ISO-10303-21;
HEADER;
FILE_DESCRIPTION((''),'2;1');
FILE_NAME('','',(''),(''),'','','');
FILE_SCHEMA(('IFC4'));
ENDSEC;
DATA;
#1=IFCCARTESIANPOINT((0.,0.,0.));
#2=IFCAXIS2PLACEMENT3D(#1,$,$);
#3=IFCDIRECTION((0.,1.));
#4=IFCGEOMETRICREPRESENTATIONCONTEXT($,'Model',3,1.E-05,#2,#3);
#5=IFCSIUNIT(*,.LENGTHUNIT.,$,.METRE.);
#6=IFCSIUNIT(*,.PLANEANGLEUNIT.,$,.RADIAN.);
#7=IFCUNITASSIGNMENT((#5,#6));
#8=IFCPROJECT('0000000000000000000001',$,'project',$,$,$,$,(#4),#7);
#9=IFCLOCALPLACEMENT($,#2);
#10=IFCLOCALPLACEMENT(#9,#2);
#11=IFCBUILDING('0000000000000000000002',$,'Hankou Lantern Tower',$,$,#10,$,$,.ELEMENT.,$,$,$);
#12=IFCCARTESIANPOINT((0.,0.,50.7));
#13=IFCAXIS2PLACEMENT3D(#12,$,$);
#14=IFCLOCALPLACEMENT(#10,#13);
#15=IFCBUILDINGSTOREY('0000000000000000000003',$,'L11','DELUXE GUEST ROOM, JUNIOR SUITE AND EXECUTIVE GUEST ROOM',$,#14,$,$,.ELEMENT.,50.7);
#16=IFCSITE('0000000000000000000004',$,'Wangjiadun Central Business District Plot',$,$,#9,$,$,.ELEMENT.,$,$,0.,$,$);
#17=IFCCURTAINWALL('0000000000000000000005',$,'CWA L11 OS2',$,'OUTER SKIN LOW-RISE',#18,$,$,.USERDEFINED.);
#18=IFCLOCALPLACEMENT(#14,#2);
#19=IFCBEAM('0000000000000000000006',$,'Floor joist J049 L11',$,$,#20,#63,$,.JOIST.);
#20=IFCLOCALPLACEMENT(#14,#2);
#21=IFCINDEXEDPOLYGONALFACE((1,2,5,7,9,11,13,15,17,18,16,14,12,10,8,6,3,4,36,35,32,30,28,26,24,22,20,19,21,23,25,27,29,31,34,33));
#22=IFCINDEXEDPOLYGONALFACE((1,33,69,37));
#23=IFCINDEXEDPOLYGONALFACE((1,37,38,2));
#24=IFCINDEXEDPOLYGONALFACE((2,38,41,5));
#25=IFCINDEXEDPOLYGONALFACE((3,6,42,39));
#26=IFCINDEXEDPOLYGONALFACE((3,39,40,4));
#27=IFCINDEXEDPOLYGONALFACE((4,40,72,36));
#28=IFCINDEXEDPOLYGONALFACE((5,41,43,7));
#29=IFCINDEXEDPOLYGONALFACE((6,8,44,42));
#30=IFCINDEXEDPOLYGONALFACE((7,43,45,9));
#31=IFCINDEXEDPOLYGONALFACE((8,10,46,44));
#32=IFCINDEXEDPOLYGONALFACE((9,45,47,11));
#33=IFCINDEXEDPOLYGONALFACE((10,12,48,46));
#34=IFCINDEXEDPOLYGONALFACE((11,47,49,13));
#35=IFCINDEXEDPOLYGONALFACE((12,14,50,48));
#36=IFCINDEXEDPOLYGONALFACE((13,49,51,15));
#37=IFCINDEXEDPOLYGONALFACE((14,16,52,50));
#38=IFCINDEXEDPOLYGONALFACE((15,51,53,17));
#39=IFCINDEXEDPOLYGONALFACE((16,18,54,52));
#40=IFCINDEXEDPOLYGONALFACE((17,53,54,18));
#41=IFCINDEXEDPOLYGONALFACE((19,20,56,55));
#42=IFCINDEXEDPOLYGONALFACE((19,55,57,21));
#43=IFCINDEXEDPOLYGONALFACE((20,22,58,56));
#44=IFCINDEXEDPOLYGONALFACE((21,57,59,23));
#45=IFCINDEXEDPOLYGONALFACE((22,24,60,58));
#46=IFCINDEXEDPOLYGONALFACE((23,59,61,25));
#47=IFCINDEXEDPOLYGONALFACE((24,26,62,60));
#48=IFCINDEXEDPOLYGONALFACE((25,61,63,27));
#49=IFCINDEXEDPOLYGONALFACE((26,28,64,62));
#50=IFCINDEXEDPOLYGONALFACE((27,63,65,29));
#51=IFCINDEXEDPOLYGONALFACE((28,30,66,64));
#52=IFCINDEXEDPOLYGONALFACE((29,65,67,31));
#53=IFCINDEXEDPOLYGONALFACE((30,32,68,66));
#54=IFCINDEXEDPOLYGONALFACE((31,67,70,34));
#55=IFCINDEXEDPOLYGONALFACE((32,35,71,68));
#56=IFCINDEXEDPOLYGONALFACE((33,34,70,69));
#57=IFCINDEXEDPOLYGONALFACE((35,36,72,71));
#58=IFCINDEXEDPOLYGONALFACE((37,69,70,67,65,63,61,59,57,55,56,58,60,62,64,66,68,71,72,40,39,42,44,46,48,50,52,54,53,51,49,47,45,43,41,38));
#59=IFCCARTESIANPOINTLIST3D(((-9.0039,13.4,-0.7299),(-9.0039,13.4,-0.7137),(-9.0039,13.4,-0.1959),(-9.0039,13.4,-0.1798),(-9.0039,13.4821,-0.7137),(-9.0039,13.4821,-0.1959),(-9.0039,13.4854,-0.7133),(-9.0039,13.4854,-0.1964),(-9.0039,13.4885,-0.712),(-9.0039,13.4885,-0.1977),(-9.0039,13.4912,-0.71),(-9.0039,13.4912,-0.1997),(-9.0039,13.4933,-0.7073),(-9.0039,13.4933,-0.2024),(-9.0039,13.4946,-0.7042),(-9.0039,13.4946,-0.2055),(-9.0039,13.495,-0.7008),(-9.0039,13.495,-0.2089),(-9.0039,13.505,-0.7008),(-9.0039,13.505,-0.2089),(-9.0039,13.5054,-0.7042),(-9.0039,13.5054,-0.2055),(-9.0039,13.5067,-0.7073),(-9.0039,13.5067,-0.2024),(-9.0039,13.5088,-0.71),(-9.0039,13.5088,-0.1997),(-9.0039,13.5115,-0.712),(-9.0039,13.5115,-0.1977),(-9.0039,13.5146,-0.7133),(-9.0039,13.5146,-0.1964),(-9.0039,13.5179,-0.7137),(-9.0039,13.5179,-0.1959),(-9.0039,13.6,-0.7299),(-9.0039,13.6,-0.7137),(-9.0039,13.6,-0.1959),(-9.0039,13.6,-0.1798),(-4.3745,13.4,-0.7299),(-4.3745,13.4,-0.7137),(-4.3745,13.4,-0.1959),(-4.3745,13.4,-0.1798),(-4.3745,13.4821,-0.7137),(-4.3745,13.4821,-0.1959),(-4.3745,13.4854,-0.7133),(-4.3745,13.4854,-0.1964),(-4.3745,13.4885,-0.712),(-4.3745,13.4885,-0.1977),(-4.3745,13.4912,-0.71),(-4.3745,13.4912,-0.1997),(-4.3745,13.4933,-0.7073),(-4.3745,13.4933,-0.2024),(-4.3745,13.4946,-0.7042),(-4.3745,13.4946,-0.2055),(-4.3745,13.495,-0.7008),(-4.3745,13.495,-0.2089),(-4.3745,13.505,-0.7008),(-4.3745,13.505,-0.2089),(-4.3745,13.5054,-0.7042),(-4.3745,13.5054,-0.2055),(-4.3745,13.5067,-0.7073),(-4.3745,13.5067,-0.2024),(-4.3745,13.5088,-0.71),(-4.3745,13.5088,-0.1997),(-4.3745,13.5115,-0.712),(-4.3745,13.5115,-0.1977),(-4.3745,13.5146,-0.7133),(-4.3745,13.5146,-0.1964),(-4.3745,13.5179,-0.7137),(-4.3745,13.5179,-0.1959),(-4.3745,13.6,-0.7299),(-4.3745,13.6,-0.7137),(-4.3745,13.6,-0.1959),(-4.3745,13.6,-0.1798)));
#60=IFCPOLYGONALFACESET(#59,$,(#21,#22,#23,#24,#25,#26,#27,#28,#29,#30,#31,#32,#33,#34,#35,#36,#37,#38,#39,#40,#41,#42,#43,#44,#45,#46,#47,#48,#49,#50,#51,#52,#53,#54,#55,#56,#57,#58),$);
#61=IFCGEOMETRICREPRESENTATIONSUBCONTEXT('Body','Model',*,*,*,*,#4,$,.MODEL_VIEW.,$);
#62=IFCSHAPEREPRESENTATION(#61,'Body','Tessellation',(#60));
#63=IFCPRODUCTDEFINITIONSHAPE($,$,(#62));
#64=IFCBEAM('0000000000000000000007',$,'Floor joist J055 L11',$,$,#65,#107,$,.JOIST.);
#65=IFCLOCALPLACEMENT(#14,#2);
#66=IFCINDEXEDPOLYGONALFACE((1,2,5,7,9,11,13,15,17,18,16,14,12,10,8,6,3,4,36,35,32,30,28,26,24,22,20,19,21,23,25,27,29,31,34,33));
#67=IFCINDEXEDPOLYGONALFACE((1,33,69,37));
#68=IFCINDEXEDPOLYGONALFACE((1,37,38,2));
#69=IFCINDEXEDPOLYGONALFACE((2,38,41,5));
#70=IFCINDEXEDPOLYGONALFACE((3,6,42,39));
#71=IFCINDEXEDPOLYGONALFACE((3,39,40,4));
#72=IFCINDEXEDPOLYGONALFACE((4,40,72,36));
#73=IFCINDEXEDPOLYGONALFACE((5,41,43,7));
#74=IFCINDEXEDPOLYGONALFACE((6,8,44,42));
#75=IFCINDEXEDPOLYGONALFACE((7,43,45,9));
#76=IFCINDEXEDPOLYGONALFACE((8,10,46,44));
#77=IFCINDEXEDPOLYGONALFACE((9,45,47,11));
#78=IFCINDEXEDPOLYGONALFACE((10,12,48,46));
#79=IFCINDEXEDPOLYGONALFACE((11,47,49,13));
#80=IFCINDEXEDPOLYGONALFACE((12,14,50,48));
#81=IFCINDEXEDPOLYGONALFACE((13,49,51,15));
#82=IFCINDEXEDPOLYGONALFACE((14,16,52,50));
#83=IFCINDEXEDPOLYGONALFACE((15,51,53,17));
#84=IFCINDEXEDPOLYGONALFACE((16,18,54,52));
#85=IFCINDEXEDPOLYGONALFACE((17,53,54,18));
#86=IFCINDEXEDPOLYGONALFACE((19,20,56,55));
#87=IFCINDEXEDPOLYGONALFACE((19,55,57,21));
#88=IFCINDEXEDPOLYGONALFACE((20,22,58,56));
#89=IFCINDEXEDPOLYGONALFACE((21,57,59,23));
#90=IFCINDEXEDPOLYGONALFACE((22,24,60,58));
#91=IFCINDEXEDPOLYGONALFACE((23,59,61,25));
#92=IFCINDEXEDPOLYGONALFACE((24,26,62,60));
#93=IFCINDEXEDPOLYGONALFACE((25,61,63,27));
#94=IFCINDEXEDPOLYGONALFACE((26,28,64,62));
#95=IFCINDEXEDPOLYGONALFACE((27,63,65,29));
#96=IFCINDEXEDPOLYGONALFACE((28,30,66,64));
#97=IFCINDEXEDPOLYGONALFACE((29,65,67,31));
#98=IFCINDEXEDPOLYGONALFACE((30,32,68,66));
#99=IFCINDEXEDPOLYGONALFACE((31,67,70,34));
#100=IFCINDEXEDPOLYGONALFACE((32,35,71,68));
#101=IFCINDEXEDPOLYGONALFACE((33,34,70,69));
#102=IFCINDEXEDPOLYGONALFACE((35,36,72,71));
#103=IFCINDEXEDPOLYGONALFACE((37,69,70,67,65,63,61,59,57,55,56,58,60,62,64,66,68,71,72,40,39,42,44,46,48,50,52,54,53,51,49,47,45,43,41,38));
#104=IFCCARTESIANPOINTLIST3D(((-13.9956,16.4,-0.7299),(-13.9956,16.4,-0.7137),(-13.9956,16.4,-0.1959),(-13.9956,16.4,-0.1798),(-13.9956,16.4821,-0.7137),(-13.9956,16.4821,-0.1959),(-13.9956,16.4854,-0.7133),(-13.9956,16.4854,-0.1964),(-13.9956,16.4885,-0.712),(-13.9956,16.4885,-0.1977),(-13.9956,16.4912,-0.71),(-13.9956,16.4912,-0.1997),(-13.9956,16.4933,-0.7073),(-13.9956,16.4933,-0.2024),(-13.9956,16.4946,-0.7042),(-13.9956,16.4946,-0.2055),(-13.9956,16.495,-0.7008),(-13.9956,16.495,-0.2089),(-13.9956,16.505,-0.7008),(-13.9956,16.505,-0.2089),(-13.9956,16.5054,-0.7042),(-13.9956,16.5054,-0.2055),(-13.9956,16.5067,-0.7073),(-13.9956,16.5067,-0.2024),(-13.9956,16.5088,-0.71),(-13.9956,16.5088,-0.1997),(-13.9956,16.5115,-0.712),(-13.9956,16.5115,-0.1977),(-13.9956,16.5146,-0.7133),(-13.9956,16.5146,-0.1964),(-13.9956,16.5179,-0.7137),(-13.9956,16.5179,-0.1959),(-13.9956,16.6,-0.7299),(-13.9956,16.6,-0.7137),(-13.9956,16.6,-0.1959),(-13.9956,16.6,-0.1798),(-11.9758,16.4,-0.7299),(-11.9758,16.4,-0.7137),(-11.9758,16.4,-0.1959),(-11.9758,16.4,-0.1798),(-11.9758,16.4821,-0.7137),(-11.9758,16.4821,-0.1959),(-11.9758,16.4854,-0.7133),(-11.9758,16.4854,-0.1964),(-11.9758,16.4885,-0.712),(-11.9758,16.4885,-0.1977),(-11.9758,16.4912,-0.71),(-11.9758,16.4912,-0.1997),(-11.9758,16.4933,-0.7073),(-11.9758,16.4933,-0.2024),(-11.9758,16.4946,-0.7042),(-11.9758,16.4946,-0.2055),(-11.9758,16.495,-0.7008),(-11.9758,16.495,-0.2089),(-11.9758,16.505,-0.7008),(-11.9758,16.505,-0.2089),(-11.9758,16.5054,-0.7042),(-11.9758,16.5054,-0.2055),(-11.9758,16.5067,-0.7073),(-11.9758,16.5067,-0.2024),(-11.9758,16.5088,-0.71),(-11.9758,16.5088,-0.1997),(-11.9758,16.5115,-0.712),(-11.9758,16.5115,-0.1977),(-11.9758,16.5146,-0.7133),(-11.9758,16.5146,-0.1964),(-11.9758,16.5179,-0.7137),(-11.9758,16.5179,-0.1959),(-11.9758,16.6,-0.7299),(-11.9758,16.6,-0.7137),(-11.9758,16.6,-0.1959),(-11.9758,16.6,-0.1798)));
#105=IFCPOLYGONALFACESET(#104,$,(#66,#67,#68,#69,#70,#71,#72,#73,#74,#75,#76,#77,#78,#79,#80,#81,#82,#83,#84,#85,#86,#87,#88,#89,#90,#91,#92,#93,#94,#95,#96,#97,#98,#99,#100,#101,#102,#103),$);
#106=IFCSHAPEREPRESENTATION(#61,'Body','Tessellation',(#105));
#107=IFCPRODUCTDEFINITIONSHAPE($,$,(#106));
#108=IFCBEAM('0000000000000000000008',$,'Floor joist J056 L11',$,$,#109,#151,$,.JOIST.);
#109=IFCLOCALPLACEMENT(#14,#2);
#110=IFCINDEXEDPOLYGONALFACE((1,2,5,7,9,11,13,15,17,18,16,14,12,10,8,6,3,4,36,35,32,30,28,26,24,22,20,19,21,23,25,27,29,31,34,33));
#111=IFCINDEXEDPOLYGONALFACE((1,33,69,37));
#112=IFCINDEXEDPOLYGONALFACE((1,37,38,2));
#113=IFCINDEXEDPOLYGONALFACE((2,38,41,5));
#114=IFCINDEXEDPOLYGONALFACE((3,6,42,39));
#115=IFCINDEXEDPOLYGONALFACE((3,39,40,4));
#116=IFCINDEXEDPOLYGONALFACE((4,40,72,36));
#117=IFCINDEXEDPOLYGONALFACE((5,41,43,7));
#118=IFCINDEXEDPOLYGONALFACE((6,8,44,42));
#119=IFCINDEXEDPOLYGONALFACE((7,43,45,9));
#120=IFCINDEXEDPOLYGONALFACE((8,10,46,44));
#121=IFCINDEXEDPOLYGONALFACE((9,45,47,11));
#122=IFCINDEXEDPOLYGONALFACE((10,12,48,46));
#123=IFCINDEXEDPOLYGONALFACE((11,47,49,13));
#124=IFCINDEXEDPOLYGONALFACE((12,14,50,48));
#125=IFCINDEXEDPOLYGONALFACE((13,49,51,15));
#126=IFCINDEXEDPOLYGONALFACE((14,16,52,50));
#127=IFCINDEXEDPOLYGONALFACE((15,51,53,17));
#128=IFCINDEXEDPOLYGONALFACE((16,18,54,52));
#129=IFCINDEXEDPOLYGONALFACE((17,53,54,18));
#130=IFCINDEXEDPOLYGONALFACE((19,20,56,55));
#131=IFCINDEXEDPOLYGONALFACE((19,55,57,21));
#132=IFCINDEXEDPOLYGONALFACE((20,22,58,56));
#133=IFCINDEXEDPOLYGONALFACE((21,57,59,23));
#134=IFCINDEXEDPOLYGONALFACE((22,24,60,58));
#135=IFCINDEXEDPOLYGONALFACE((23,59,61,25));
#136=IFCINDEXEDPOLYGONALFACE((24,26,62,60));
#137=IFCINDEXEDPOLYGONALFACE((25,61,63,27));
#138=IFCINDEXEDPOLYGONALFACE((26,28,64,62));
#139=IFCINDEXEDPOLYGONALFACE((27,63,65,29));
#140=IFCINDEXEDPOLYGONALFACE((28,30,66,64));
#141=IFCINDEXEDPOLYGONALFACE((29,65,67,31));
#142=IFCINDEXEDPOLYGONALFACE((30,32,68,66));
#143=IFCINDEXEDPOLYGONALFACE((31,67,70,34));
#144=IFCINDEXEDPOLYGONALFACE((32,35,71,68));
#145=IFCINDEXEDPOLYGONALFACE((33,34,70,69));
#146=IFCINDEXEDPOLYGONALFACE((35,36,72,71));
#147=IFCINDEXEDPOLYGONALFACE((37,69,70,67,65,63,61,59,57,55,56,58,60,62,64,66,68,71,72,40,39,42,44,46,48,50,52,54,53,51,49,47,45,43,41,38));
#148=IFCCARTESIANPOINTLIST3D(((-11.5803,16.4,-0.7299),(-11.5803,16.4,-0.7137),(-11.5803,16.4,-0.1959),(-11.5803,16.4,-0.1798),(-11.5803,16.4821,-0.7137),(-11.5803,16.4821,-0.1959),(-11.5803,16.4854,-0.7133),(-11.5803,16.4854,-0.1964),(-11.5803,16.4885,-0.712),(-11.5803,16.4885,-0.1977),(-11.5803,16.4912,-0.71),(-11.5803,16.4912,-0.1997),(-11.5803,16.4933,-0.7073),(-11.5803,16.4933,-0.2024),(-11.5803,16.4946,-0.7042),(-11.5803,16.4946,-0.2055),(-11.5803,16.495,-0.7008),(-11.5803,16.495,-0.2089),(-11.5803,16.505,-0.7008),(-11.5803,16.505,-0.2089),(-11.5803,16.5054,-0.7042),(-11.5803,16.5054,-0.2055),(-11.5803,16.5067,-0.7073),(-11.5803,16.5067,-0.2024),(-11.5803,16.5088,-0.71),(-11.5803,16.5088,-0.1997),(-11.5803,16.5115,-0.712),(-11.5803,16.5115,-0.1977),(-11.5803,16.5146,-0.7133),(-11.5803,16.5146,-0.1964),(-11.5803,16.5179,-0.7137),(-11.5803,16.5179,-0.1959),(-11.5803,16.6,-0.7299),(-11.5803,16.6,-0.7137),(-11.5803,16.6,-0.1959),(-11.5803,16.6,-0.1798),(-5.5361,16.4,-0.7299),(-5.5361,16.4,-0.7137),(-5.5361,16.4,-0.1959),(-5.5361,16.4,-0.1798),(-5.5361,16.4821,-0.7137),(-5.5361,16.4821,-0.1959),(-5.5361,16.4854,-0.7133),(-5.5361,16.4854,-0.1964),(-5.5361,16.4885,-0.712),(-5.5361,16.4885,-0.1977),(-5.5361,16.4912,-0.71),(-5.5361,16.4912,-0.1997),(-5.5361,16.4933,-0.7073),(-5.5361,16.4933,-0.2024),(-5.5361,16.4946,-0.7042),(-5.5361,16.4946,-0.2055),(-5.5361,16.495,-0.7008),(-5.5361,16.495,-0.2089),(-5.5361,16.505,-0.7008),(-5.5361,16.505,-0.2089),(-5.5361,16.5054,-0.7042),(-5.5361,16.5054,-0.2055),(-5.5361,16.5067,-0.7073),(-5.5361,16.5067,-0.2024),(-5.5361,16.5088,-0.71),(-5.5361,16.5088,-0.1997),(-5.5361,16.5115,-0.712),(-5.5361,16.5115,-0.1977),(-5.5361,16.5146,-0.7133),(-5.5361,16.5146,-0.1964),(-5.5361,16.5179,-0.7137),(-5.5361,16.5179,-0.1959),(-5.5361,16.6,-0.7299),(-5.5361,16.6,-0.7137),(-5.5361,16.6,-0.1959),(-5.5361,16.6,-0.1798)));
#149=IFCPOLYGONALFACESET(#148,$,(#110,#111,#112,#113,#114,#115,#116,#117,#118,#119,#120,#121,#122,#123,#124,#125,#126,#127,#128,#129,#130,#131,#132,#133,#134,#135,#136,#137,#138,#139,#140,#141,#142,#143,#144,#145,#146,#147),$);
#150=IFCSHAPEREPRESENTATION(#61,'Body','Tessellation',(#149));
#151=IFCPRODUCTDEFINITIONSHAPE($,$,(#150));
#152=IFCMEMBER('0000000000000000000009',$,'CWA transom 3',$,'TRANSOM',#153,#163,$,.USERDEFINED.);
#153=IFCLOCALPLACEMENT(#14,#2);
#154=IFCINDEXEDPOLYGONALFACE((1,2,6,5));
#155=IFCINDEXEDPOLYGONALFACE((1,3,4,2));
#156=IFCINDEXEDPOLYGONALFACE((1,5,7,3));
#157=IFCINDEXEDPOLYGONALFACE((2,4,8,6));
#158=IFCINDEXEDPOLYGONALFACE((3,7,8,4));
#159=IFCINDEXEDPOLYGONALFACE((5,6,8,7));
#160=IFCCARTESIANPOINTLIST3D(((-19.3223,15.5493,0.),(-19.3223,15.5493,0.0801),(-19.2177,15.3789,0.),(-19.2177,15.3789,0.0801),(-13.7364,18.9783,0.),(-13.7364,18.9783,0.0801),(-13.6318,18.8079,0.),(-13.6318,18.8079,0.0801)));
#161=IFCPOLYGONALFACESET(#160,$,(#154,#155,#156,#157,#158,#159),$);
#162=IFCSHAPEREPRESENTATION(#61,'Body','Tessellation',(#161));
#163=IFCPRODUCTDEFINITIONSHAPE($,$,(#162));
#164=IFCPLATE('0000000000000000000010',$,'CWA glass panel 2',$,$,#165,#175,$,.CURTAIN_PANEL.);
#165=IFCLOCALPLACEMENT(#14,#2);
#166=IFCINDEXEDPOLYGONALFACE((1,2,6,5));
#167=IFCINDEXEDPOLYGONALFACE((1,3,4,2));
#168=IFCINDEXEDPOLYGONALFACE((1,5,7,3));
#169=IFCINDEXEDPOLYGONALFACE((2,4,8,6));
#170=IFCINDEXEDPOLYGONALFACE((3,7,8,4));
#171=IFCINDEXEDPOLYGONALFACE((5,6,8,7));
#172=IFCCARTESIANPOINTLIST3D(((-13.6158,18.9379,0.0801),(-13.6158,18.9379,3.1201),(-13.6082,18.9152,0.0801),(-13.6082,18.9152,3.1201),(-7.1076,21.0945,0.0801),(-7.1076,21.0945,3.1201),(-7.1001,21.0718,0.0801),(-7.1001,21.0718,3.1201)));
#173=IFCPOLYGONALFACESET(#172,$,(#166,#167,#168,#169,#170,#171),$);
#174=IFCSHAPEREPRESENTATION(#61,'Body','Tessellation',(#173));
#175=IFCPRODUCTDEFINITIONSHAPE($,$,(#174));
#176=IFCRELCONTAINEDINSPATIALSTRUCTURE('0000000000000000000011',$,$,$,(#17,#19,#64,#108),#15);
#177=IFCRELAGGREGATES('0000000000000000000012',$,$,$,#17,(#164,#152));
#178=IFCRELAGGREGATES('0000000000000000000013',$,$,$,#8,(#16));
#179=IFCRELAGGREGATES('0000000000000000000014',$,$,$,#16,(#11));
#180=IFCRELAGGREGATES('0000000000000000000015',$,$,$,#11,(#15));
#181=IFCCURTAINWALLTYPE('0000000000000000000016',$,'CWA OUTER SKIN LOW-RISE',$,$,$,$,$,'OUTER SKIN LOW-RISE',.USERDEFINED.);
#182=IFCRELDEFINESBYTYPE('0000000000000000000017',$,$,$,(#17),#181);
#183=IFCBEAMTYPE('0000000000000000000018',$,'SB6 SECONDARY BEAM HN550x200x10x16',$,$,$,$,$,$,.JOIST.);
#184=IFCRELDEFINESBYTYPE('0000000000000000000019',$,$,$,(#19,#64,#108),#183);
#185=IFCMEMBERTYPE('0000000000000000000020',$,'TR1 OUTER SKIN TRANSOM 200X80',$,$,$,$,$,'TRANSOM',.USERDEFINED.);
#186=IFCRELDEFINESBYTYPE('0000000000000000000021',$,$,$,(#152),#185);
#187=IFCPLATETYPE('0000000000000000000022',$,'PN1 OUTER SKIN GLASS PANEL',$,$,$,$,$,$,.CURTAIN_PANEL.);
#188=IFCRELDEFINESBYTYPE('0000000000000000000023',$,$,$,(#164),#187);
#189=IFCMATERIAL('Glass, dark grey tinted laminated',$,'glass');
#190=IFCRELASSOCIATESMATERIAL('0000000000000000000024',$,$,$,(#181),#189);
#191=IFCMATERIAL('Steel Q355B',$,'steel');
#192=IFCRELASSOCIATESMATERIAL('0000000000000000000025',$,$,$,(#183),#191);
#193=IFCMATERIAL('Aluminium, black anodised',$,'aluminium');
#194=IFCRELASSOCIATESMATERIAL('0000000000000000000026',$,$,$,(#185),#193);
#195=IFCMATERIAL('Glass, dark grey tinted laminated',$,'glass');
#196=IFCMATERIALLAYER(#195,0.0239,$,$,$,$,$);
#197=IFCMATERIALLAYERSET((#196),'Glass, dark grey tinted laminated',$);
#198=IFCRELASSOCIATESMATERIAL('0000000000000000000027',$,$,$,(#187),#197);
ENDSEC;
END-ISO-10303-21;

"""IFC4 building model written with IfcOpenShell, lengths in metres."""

from ifc_helpers import new_model, si_unit, direction, frame, origin, origin_2d, place, context, subcontext, project, spatial, rectangle, i_section, extrude, material, layer, layer_set, material_profile, profile_set, type_object, element, aggregate, save


model = new_model("IFC4")

# Units and contexts
model_context = context("Model", 3, precision=1e-05, world=origin(), true_north=direction((0.0, 1.0)))
body_context = subcontext(model_context, "Body", "Model", "MODEL_VIEW")
ifc_project = project(units=[si_unit("LENGTHUNIT", "METRE"), si_unit("PLANEANGLEUNIT", "RADIAN")], contexts=[model_context])

# Site, building, storey
site_placement = place(None, origin())
site = spatial("IfcSite", under=ifc_project, at=site_placement, Name="Wangjiadun Central Business District Plot", CompositionType="ELEMENT", RefElevation=0.0)
building_placement = place(site_placement, origin())
building = spatial("IfcBuilding", under=site, at=building_placement, Name="Hankou Lantern Tower", CompositionType="ELEMENT")
storey_placement = place(building_placement, frame((0.0, 0.0, 50.7)))
storey = spatial("IfcBuildingStorey", under=building, at=storey_placement, Name="L11", Description="DELUXE GUEST ROOM, JUNIOR SUITE AND EXECUTIVE GUEST ROOM", CompositionType="ELEMENT", Elevation=50.7)

# Curtain wall
ifc_material_1 = material(Name="Glass, dark grey tinted laminated", Category="glass")
curtain_wall_type = type_object("IfcCurtainWallType", Name="CWA OUTER SKIN LOW-RISE", ElementType="OUTER SKIN LOW-RISE", PredefinedType="USERDEFINED", material=ifc_material_1)
curtain_wall_placement = place(storey_placement, origin())
curtain_wall = element("IfcCurtainWall", 1, at=curtain_wall_placement, inside=storey, type_object=curtain_wall_type, Name="CWA L11 OS2", ObjectType="OUTER SKIN LOW-RISE", PredefinedType="USERDEFINED")

# Beams
ifc_material_2 = material(Name="Steel Q355B", Category="steel")
ifc_material_profile_1 = material_profile(ifc_material_2, i_section(OverallWidth=0.2, OverallDepth=0.55, WebThickness=0.01, FlangeThickness=0.0161, FilletRadius=0.0129, at=origin_2d()), Name="HN550x200x10x16")
ifc_profile_set_1 = profile_set([ifc_material_profile_1], Name="Steel Q355B")
beam_type_1 = type_object("IfcBeamType", Name="SB6 SECONDARY BEAM HN550x200x10x16", PredefinedType="JOIST", material=ifc_profile_set_1)
beam_1_placement = place(storey_placement, frame((-9.0039, 13.5, -0.4548), z_axis=(1.0, 0.0, 0.0), x_axis=(0.0, 1.0, 0.0)))
element("IfcBeam", 2, at=beam_1_placement, inside=storey, type_object=beam_type_1, Name="Floor joist J049 L11", PredefinedType="JOIST", context=body_context, shape_type="SweptSolid", body=[
    extrude(i_section(OverallWidth=0.2, OverallDepth=0.55, WebThickness=0.01, FlangeThickness=0.0161, FilletRadius=0.0129, at=origin_2d()), origin(), (0.0, 0.0, 1.0), 4.6294),
])
beam_2_placement = place(storey_placement, frame((-13.9956, 16.5, -0.4548), z_axis=(1.0, 0.0, 0.0), x_axis=(0.0, 1.0, 0.0)))
element("IfcBeam", 3, at=beam_2_placement, inside=storey, type_object=beam_type_1, Name="Floor joist J055 L11", PredefinedType="JOIST", context=body_context, shape_type="SweptSolid", body=[
    extrude(i_section(OverallWidth=0.2, OverallDepth=0.55, WebThickness=0.01, FlangeThickness=0.0161, FilletRadius=0.0129, at=origin_2d()), origin(), (0.0, 0.0, 1.0), 2.0198),
])
beam_3_placement = place(storey_placement, frame((-11.5803, 16.5, -0.4548), z_axis=(1.0, 0.0, 0.0), x_axis=(0.0, 1.0, 0.0)))
element("IfcBeam", 4, at=beam_3_placement, inside=storey, type_object=beam_type_1, Name="Floor joist J056 L11", PredefinedType="JOIST", context=body_context, shape_type="SweptSolid", body=[
    extrude(i_section(OverallWidth=0.2, OverallDepth=0.55, WebThickness=0.01, FlangeThickness=0.0161, FilletRadius=0.0129, at=origin_2d()), origin(), (0.0, 0.0, 1.0), 6.0442),
])

# Member
ifc_material_3 = material(Name="Aluminium, black anodised", Category="aluminium")
ifc_material_profile_2 = material_profile(ifc_material_3, rectangle(XDim=0.2, YDim=0.0801, at=origin_2d()), Name="TR1 200X80")
ifc_profile_set_2 = profile_set([ifc_material_profile_2], Name="Aluminium, black anodised")
member_type_1 = type_object("IfcMemberType", Name="TR1 OUTER SKIN TRANSOM 200X80", ElementType="TRANSOM", PredefinedType="USERDEFINED", material=ifc_profile_set_2)
member_1_placement = place(storey_placement, frame((-13.6841, 18.8931, 0.04), z_axis=(-0.85224, -0.523152, 0.0), x_axis=(0.523152, -0.85224, 0.0)))
member_1 = element("IfcMember", 5, at=member_1_placement, type_object=member_type_1, Name="CWA transom 3", ObjectType="TRANSOM", PredefinedType="USERDEFINED", context=body_context, shape_type="SweptSolid", body=[
    extrude(rectangle(XDim=0.2, YDim=0.0801, at=origin_2d()), origin(), (0.0, 0.0, 1.0), 6.5544),
])

# Plate
ifc_material_4 = material(Name="Glass, dark grey tinted laminated", Category="glass")
ifc_layer_1 = layer(ifc_material_4, 0.0239)
ifc_layer_set_1 = layer_set([ifc_layer_1], Name="Glass, dark grey tinted laminated")
plate_type = type_object("IfcPlateType", Name="PN1 OUTER SKIN GLASS PANEL", PredefinedType="CURTAIN_PANEL", material=ifc_layer_set_1)
plate_placement = place(storey_placement, frame((-10.3579, 20.0049, 0.0801), z_axis=(0.0, 0.0, 1.0), x_axis=(-0.949241, -0.314551, 0.0)))
plate = element("IfcPlate", 6, at=plate_placement, type_object=plate_type, Name="CWA glass panel 2", PredefinedType="CURTAIN_PANEL", context=body_context, shape_type="SweptSolid", body=[
    extrude(rectangle(XDim=6.8562, YDim=0.0239, at=origin_2d()), origin(), (0.0, 0.0, 1.0), 3.04),
])
aggregate(curtain_wall, [plate, member_1])

save(model, "model.ifc")
